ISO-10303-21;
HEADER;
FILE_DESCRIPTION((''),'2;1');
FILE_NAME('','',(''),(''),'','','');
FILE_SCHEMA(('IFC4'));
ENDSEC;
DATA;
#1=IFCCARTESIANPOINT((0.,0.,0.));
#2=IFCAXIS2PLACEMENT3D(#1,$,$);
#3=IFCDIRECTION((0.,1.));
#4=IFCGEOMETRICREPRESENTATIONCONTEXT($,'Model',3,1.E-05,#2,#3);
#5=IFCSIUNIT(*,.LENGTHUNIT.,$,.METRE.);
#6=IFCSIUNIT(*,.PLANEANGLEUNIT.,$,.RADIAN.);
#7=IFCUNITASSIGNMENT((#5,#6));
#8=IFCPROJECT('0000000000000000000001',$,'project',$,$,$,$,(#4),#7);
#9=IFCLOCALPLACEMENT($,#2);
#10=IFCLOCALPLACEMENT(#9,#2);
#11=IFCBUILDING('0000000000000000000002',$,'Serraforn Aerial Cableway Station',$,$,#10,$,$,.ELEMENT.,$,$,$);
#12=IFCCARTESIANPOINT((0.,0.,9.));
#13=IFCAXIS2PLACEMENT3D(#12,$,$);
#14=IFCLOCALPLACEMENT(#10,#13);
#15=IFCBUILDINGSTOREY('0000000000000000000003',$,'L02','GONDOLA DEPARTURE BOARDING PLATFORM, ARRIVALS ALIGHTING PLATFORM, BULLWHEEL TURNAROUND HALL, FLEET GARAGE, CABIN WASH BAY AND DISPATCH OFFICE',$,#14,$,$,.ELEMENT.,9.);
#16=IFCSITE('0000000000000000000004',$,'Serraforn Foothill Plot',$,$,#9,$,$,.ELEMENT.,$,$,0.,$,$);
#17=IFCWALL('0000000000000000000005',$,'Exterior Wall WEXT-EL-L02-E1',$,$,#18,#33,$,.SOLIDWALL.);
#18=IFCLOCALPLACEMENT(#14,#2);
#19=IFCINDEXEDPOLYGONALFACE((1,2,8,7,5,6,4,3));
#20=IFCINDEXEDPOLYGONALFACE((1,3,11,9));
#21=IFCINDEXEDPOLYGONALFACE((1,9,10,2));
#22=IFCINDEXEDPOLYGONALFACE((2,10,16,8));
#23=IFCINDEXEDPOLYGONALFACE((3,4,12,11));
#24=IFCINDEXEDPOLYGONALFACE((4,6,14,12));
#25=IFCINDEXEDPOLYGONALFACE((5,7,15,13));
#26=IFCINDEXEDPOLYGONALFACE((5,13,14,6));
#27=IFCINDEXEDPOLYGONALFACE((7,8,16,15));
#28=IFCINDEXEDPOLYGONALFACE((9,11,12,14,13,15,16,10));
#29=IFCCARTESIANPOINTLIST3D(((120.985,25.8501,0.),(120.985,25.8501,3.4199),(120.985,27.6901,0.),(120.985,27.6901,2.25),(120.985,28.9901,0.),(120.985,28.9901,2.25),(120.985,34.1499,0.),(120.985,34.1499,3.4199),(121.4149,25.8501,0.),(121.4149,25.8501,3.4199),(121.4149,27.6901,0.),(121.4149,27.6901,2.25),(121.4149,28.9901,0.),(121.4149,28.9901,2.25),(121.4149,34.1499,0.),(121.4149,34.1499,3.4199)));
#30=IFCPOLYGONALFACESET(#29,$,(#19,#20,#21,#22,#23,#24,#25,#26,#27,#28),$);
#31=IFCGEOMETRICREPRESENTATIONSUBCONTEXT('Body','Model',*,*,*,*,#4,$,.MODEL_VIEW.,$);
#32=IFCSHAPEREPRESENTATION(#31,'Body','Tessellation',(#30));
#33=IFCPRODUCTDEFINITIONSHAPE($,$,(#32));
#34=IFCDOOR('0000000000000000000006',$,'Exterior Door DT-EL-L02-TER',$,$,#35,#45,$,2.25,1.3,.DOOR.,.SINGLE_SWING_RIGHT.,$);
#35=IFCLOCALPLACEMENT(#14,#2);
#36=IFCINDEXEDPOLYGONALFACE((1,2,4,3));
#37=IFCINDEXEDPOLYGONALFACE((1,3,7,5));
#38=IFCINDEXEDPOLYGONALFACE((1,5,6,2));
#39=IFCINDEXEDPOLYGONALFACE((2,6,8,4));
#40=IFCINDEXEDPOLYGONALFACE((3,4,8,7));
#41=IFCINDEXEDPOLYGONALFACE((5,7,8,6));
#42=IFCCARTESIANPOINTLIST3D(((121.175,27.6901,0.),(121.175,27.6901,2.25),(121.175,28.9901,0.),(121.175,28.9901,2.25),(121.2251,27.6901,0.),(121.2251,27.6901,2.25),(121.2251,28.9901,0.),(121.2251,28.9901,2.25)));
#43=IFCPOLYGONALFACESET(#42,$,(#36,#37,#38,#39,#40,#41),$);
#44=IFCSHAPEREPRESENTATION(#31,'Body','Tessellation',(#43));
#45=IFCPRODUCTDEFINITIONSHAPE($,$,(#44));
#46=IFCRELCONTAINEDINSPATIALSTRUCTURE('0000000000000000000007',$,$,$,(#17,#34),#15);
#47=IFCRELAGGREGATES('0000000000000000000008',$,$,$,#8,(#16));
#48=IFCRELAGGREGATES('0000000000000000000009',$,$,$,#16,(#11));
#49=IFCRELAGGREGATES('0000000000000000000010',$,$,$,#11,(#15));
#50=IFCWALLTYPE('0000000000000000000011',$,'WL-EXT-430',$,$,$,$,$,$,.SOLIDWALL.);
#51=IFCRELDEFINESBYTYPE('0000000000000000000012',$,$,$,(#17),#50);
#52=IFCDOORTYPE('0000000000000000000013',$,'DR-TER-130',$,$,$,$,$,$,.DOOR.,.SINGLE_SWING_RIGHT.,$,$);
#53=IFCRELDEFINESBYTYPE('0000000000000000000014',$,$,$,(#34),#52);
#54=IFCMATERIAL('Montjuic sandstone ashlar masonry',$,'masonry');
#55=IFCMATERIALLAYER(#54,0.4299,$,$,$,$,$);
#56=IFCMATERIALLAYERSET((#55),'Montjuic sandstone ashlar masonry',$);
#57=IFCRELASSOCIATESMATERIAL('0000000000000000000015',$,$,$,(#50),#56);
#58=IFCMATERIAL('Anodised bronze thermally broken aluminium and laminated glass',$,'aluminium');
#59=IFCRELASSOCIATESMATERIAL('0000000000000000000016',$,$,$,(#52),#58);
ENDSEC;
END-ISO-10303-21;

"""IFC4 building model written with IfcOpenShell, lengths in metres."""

from ifc_helpers import new_model, si_unit, direction, frame, frame_2d, origin, place, context, subcontext, project, spatial, rectangle, extrude, material, layer, layer_set, type_object, element, fill, save


model = new_model("IFC4")

# Units and contexts
model_context = context("Model", 3, precision=1e-05, world=origin(), true_north=direction((0.0, 1.0)))
body_context = subcontext(model_context, "Body", "Model", "MODEL_VIEW")
ifc_project = project(units=[si_unit("LENGTHUNIT", "METRE"), si_unit("PLANEANGLEUNIT", "RADIAN")], contexts=[model_context])

# Site, building, storey
site_placement = place(None, origin())
site = spatial("IfcSite", under=ifc_project, at=site_placement, Name="Serraforn Foothill Plot", CompositionType="ELEMENT", RefElevation=0.0)
building_placement = place(site_placement, origin())
building = spatial("IfcBuilding", under=site, at=building_placement, Name="Serraforn Aerial Cableway Station", CompositionType="ELEMENT")
storey_placement = place(building_placement, frame((0.0, 0.0, 9.0)))
storey = spatial("IfcBuildingStorey", under=building, at=storey_placement, Name="L02", Description="GONDOLA DEPARTURE BOARDING PLATFORM, ARRIVALS ALIGHTING PLATFORM, BULLWHEEL TURNAROUND HALL, FLEET GARAGE, CABIN WASH BAY AND DISPATCH OFFICE", CompositionType="ELEMENT", Elevation=9.0)

# Wall, opening, door
ifc_material_1 = material(Name="Montjuic sandstone ashlar masonry", Category="masonry")
ifc_layer_1 = layer(ifc_material_1, 0.4299)
ifc_layer_set_1 = layer_set([ifc_layer_1], Name="Montjuic sandstone ashlar masonry")
wall_type = type_object("IfcWallType", Name="WL-EXT-430", PredefinedType="SOLIDWALL", material=ifc_layer_set_1)
wall_placement = place(storey_placement, frame((121.2, 25.8501, 0.0), z_axis=(0.0, 0.0, 1.0), x_axis=(0.0, 1.0, 0.0)))
wall = element("IfcWall", 1, at=wall_placement, inside=storey, type_object=wall_type, Name="Exterior Wall WEXT-EL-L02-E1", PredefinedType="SOLIDWALL", context=body_context, shape_type="SweptSolid", body=[
    extrude(rectangle(XDim=8.2998, YDim=0.4299, at=frame_2d((4.1499, 0.0))), origin(), (0.0, 0.0, 1.0), 3.4199),
])
opening_placement = place(wall_placement, frame((1.8401, 0.0, 0.0)))
opening = element("IfcOpeningElement", 2, at=opening_placement, cuts=wall, PredefinedType="OPENING", context=body_context, shape_type="SweptSolid", body=[
    extrude(rectangle(XDim=1.3, YDim=2.25, at=frame_2d((0.6499, 1.125))), frame((0.0, 0.2249, 0.0), z_axis=(0.0, -1.0, 0.0), x_axis=(1.0, 0.0, 0.0)), (0.0, 0.0, 1.0), 0.45),
])
ifc_material_2 = material(Name="Anodised bronze thermally broken aluminium and laminated glass", Category="aluminium")
door_type = type_object("IfcDoorType", Name="DR-TER-130", OperationType="SINGLE_SWING_RIGHT", PredefinedType="DOOR", material=ifc_material_2)
door_placement = place(opening_placement, origin())
door = element("IfcDoor", 3, at=door_placement, inside=storey, type_object=door_type, Name="Exterior Door DT-EL-L02-TER", OperationType="SINGLE_SWING_RIGHT", OverallHeight=2.25, OverallWidth=1.3, PredefinedType="DOOR", context=body_context, shape_type="SweptSolid", body=[
    extrude(rectangle(XDim=1.3, YDim=2.25, at=frame_2d((0.6499, 1.125))), frame((0.0, 0.0249, 0.0), z_axis=(0.0, -1.0, 0.0), x_axis=(1.0, 0.0, 0.0)), (0.0, 0.0, 1.0), 0.05),
])
fill(opening, door)

save(model, "model.ifc")
